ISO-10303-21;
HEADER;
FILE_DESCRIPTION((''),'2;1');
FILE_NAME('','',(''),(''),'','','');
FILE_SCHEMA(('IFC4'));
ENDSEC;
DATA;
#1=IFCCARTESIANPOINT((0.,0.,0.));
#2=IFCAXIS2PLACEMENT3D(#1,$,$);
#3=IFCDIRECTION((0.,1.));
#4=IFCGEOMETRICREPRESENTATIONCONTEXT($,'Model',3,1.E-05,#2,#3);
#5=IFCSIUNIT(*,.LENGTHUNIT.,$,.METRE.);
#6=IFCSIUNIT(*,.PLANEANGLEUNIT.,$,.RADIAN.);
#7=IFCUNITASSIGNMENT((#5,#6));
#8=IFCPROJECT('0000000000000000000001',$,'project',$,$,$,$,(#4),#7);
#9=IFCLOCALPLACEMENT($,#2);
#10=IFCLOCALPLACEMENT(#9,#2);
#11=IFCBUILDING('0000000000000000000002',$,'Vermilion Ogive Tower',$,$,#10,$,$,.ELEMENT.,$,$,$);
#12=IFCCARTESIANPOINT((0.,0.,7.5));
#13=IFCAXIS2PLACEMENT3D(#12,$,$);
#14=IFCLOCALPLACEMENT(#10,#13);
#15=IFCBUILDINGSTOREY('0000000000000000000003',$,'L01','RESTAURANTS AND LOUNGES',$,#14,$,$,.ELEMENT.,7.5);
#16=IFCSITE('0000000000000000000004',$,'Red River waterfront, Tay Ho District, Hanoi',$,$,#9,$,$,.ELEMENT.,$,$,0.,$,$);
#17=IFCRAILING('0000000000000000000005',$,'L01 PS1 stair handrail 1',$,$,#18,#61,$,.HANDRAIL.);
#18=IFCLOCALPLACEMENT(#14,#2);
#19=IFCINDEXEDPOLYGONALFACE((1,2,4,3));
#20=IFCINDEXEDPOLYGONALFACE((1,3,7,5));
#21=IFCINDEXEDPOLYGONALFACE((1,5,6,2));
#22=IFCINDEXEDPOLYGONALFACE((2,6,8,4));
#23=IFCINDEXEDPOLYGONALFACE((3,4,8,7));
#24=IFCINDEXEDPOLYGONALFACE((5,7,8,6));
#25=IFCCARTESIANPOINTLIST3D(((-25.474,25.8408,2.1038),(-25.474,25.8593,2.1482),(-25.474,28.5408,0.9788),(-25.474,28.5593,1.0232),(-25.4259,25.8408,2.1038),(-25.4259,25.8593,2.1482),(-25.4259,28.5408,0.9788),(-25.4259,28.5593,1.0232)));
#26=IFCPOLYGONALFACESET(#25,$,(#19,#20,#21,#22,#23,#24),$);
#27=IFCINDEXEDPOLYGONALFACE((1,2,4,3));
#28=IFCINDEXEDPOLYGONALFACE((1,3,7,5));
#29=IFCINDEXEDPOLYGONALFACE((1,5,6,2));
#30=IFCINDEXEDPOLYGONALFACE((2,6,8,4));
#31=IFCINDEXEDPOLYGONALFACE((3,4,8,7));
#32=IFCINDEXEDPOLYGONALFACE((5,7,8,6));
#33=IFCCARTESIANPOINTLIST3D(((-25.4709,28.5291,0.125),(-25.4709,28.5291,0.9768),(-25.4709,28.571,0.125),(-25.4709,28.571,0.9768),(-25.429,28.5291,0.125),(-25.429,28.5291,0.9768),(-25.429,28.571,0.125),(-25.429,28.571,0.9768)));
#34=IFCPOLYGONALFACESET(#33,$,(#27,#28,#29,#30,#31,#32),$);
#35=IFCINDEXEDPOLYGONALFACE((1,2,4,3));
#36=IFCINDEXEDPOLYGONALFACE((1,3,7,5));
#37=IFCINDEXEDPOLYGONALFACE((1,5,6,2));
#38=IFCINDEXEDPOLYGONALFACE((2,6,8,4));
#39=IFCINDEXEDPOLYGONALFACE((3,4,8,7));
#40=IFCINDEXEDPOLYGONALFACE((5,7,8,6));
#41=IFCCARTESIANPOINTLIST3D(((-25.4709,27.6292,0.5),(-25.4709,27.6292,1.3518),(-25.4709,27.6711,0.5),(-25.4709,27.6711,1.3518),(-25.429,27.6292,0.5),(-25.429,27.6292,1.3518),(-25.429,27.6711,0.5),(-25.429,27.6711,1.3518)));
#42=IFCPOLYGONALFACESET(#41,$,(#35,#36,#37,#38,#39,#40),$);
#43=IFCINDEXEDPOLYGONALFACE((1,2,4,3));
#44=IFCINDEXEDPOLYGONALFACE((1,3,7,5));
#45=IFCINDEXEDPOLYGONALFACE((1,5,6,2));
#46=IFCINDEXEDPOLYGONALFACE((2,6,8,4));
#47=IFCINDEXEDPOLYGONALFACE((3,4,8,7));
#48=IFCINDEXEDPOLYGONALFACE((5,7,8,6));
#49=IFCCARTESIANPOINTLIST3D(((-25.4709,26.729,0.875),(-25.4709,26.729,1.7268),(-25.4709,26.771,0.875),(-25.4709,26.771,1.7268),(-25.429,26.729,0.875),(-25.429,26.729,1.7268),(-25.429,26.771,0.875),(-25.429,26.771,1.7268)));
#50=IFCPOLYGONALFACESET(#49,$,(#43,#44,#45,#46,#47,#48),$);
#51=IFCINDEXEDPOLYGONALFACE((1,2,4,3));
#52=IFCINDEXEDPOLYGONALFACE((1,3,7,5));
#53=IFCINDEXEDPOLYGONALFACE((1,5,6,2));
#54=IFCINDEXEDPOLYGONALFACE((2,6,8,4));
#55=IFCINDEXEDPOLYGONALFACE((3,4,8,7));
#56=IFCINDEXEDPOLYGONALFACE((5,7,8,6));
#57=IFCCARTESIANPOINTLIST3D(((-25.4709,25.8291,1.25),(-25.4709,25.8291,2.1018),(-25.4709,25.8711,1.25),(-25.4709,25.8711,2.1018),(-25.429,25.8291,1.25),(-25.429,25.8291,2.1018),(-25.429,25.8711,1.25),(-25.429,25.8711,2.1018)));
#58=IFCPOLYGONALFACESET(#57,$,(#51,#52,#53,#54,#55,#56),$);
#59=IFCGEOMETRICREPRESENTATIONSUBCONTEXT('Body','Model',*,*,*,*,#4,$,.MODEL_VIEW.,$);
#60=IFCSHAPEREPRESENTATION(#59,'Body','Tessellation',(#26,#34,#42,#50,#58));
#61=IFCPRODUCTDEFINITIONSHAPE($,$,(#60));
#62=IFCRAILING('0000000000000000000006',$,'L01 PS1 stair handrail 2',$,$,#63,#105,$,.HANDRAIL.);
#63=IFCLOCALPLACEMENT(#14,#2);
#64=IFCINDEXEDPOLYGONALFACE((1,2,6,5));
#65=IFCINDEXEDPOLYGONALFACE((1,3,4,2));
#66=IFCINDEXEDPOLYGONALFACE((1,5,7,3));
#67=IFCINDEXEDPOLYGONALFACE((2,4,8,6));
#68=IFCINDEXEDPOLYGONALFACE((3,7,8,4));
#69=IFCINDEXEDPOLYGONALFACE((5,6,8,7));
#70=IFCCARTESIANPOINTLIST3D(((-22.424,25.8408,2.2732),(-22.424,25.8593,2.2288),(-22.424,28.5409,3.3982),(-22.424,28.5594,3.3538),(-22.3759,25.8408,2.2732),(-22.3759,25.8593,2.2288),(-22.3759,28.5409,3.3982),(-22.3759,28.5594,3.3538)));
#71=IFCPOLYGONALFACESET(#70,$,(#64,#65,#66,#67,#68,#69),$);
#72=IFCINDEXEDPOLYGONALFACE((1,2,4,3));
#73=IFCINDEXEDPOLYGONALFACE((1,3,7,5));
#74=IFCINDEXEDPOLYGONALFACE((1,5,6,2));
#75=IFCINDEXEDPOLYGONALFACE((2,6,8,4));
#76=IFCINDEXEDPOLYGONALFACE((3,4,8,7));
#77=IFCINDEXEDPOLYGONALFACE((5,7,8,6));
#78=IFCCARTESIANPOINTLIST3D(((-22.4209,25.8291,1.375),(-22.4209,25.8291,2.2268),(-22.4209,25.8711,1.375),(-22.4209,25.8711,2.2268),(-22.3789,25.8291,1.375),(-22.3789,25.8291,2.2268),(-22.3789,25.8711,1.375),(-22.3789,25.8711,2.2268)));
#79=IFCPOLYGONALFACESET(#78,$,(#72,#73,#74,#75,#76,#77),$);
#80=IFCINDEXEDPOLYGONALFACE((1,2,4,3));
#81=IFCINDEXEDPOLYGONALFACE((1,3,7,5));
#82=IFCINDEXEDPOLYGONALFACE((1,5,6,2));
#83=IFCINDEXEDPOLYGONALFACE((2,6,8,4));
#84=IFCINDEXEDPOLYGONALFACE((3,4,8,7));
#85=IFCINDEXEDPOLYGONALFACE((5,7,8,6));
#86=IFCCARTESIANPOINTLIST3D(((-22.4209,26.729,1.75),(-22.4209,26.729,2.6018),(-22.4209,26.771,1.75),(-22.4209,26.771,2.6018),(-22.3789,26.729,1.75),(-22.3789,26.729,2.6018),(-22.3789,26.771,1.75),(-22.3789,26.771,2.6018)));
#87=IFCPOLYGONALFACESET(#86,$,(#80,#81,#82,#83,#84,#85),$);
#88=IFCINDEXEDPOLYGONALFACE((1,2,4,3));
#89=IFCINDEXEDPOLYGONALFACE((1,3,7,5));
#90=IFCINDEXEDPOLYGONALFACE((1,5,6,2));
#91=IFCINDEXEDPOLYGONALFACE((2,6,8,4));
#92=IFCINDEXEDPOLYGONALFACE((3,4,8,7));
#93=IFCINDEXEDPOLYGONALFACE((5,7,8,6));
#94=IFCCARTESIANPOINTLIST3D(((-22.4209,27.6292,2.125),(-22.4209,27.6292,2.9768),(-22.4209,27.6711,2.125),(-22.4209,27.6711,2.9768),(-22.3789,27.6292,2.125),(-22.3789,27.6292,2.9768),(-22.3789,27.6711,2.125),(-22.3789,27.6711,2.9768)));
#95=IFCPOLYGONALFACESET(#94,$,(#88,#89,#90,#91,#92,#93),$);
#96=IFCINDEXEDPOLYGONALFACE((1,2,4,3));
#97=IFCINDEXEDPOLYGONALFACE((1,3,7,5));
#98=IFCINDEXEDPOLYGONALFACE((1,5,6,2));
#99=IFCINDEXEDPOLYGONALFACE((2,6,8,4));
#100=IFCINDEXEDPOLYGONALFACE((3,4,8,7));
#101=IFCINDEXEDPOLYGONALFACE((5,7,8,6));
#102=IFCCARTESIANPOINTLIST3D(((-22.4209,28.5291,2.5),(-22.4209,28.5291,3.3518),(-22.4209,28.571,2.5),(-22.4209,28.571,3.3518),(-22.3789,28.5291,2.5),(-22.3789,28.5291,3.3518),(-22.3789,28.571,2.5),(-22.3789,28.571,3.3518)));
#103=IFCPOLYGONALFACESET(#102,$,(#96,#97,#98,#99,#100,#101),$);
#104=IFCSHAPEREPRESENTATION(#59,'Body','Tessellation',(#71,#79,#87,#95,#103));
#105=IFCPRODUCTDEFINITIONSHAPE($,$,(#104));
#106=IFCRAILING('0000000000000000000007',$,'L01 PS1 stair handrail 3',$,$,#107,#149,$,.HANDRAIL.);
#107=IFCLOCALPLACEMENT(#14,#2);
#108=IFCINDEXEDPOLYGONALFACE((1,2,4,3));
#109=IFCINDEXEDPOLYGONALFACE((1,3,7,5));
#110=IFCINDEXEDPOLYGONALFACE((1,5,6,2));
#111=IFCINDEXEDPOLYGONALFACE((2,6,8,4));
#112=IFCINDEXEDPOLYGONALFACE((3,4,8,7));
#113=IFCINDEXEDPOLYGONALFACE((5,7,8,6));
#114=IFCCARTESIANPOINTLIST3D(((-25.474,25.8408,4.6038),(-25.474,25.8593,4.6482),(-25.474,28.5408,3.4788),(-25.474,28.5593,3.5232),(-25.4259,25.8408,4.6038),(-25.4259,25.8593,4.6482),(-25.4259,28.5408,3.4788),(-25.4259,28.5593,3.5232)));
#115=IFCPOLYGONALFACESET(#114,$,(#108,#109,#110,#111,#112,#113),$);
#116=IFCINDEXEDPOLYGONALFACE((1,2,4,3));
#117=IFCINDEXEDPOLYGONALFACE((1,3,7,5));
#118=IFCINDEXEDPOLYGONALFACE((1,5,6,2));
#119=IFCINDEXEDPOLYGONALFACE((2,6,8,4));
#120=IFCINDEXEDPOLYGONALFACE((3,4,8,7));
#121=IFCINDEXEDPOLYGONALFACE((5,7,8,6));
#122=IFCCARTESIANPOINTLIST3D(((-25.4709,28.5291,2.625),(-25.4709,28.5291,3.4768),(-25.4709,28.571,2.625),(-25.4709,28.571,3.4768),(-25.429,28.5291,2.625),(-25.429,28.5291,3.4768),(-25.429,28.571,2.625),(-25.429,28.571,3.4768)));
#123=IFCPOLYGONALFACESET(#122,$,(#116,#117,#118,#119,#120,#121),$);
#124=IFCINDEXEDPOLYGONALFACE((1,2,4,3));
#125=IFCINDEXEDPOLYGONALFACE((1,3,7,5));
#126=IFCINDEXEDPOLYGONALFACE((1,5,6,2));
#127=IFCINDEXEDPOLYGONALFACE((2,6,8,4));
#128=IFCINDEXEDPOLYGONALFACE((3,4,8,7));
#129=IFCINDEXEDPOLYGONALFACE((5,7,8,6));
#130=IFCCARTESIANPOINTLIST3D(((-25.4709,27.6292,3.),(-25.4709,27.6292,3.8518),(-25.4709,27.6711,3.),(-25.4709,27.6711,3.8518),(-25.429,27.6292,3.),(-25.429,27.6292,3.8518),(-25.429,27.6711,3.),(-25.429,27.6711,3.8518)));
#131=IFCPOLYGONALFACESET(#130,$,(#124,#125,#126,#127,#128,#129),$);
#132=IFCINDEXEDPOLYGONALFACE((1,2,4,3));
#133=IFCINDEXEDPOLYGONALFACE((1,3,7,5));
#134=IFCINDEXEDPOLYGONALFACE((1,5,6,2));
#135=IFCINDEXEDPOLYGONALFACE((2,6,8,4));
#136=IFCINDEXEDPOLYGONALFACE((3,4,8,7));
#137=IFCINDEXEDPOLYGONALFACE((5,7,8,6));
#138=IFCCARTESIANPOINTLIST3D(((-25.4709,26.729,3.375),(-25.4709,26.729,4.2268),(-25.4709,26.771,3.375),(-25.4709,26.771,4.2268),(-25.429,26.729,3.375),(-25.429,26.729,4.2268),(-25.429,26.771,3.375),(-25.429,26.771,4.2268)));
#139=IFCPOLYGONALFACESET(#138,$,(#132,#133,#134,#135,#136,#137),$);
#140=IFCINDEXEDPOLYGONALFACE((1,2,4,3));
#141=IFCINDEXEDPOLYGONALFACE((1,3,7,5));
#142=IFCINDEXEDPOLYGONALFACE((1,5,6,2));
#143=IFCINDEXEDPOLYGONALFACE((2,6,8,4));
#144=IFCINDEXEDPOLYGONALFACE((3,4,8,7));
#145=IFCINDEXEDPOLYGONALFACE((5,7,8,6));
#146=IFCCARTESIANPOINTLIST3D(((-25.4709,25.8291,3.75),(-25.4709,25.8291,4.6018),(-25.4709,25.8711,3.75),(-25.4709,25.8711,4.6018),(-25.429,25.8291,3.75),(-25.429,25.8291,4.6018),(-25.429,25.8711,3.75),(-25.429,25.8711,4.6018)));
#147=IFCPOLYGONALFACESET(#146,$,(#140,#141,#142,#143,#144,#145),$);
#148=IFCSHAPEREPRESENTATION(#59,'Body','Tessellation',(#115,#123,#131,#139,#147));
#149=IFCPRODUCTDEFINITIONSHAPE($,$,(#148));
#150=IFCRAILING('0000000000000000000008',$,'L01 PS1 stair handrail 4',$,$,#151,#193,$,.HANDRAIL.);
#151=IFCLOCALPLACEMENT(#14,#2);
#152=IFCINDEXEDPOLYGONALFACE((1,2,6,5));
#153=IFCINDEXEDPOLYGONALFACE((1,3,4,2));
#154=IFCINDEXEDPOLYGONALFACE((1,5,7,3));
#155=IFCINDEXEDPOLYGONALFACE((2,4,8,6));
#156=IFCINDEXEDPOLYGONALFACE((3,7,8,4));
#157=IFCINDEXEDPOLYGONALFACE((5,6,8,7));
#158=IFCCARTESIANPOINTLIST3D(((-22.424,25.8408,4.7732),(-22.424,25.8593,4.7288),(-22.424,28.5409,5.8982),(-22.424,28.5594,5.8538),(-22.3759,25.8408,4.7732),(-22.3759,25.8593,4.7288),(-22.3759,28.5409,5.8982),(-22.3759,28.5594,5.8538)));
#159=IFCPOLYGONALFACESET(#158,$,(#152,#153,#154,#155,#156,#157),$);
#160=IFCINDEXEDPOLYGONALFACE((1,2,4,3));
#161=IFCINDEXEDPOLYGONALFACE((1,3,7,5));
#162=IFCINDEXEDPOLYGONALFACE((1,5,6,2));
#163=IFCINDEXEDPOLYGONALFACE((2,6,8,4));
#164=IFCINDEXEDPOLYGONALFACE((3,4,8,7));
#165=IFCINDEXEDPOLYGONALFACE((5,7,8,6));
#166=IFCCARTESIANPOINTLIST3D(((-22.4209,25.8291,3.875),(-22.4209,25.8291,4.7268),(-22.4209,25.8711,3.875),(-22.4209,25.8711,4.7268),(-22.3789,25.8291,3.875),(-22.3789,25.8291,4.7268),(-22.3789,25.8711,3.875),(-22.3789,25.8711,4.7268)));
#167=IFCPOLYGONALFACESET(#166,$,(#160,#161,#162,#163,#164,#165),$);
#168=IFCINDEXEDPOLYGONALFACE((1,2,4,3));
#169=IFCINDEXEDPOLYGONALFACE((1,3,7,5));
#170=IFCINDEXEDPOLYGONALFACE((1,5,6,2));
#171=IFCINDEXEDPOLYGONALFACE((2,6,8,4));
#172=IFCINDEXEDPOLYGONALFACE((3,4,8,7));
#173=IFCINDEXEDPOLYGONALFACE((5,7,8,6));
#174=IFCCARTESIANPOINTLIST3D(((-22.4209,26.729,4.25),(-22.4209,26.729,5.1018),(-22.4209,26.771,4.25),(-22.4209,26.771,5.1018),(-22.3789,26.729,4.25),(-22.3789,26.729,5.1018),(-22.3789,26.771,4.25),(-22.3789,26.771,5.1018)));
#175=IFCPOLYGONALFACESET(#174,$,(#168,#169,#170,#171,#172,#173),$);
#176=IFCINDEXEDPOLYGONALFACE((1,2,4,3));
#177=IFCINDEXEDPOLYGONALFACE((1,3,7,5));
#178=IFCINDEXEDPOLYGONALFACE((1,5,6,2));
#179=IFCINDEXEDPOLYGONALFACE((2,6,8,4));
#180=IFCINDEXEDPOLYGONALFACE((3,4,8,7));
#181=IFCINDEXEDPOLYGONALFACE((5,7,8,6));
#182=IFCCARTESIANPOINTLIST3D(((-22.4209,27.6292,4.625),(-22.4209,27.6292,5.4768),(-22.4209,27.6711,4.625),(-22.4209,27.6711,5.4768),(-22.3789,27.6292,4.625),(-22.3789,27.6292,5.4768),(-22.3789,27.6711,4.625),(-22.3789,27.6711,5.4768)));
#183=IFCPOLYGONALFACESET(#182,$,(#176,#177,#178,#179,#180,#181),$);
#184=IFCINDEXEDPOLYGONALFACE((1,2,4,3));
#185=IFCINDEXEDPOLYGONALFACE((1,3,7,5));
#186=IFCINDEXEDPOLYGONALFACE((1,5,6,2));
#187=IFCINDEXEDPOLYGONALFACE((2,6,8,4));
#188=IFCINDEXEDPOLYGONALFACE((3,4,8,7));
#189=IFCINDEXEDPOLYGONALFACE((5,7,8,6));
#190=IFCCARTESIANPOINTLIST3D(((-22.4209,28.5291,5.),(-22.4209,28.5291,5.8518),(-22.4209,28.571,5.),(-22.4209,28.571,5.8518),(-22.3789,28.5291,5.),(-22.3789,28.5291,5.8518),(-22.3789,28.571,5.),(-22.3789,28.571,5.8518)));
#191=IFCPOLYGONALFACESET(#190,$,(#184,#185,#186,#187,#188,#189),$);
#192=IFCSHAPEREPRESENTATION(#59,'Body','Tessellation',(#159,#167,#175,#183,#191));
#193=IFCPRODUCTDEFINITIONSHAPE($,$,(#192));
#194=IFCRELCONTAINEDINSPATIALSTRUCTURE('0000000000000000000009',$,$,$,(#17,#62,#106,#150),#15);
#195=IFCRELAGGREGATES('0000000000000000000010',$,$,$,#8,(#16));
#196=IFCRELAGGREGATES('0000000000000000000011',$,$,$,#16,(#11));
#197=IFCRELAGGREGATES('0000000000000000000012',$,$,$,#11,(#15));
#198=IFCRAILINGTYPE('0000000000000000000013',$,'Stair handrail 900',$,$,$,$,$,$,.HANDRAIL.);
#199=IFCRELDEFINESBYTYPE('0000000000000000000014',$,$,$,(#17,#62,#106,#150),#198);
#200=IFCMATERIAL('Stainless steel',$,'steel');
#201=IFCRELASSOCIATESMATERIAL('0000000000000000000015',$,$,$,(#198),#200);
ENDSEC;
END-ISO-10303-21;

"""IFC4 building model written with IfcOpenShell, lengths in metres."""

from ifc_helpers import new_model, si_unit, direction, frame, origin, origin_2d, place, context, subcontext, project, spatial, rectangle, extrude, material, type_object, element, save


model = new_model("IFC4")

# Units and contexts
model_context = context("Model", 3, precision=1e-05, world=origin(), true_north=direction((0.0, 1.0)))
body_context = subcontext(model_context, "Body", "Model", "MODEL_VIEW")
ifc_project = project(units=[si_unit("LENGTHUNIT", "METRE"), si_unit("PLANEANGLEUNIT", "RADIAN")], contexts=[model_context])

# Site, building, storey
site_placement = place(None, origin())
site = spatial("IfcSite", under=ifc_project, at=site_placement, Name="Red River waterfront, Tay Ho District, Hanoi", CompositionType="ELEMENT", RefElevation=0.0)
building_placement = place(site_placement, origin())
building = spatial("IfcBuilding", under=site, at=building_placement, Name="Vermilion Ogive Tower", CompositionType="ELEMENT")
storey_placement = place(building_placement, frame((0.0, 0.0, 7.5)))
storey = spatial("IfcBuildingStorey", under=building, at=storey_placement, Name="L01", Description="RESTAURANTS AND LOUNGES", CompositionType="ELEMENT", Elevation=7.5)

# Railings
ifc_material_1 = material(Name="Stainless steel", Category="steel")
railing_type_1 = type_object("IfcRailingType", Name="Stair handrail 900", PredefinedType="HANDRAIL", material=ifc_material_1)
railing_1_placement = place(storey_placement, frame((-25.45, 28.55, 0.125)))
element("IfcRailing", 1, at=railing_1_placement, inside=storey, type_object=railing_type_1, Name="L01 PS1 stair handrail 1", PredefinedType="HANDRAIL", context=body_context, shape_type="SweptSolid", body=[
    extrude(rectangle(XDim=0.0481, YDim=0.0481, at=origin_2d()), frame((0.0, 0.0, 0.876), z_axis=(0.0, -0.923074, 0.384621), x_axis=(1.0, 0.0, 0.0)), (0.0, 0.0, 1.0), 2.925),
    extrude(rectangle(XDim=0.042, YDim=0.042, at=origin_2d()), origin(), (0.0, 0.0, 1.0), 0.8518),
    extrude(rectangle(XDim=0.042, YDim=0.042, at=origin_2d()), frame((0.0, -0.8999, 0.375)), (0.0, 0.0, 1.0), 0.8518),
    extrude(rectangle(XDim=0.042, YDim=0.042, at=origin_2d()), frame((0.0, -1.8, 0.75)), (0.0, 0.0, 1.0), 0.8518),
    extrude(rectangle(XDim=0.042, YDim=0.042, at=origin_2d()), frame((0.0, -2.7, 1.125)), (0.0, 0.0, 1.0), 0.8518),
])
railing_2_placement = place(storey_placement, frame((-22.3999, 25.8501, 1.375)))
element("IfcRailing", 2, at=railing_2_placement, inside=storey, type_object=railing_type_1, Name="L01 PS1 stair handrail 2", PredefinedType="HANDRAIL", context=body_context, shape_type="SweptSolid", body=[
    extrude(rectangle(XDim=0.0481, YDim=0.0481, at=origin_2d()), frame((0.0, 0.0, 0.876), z_axis=(0.0, 0.923074, 0.384621), x_axis=(-1.0, 0.0, 0.0)), (0.0, 0.0, 1.0), 2.925),
    extrude(rectangle(XDim=0.042, YDim=0.042, at=origin_2d()), origin(), (0.0, 0.0, 1.0), 0.8518),
    extrude(rectangle(XDim=0.042, YDim=0.042, at=origin_2d()), frame((0.0, 0.8999, 0.375)), (0.0, 0.0, 1.0), 0.8518),
    extrude(rectangle(XDim=0.042, YDim=0.042, at=origin_2d()), frame((0.0, 1.8, 0.75)), (0.0, 0.0, 1.0), 0.8518),
    extrude(rectangle(XDim=0.042, YDim=0.042, at=origin_2d()), frame((0.0, 2.7, 1.125)), (0.0, 0.0, 1.0), 0.8518),
])
railing_3_placement = place(storey_placement, frame((-25.45, 28.55, 2.625)))
element("IfcRailing", 3, at=railing_3_placement, inside=storey, type_object=railing_type_1, Name="L01 PS1 stair handrail 3", PredefinedType="HANDRAIL", context=body_context, shape_type="SweptSolid", body=[
    extrude(rectangle(XDim=0.0481, YDim=0.0481, at=origin_2d()), frame((0.0, 0.0, 0.876), z_axis=(0.0, -0.923074, 0.384621), x_axis=(1.0, 0.0, 0.0)), (0.0, 0.0, 1.0), 2.925),
    extrude(rectangle(XDim=0.042, YDim=0.042, at=origin_2d()), origin(), (0.0, 0.0, 1.0), 0.8518),
    extrude(rectangle(XDim=0.042, YDim=0.042, at=origin_2d()), frame((0.0, -0.8999, 0.375)), (0.0, 0.0, 1.0), 0.8518),
    extrude(rectangle(XDim=0.042, YDim=0.042, at=origin_2d()), frame((0.0, -1.8, 0.75)), (0.0, 0.0, 1.0), 0.8518),
    extrude(rectangle(XDim=0.042, YDim=0.042, at=origin_2d()), frame((0.0, -2.7, 1.125)), (0.0, 0.0, 1.0), 0.8518),
])
railing_4_placement = place(storey_placement, frame((-22.3999, 25.8501, 3.875)))
element("IfcRailing", 4, at=railing_4_placement, inside=storey, type_object=railing_type_1, Name="L01 PS1 stair handrail 4", PredefinedType="HANDRAIL", context=body_context, shape_type="SweptSolid", body=[
    extrude(rectangle(XDim=0.0481, YDim=0.0481, at=origin_2d()), frame((0.0, 0.0, 0.876), z_axis=(0.0, 0.923074, 0.384621), x_axis=(-1.0, 0.0, 0.0)), (0.0, 0.0, 1.0), 2.925),
    extrude(rectangle(XDim=0.042, YDim=0.042, at=origin_2d()), origin(), (0.0, 0.0, 1.0), 0.8518),
    extrude(rectangle(XDim=0.042, YDim=0.042, at=origin_2d()), frame((0.0, 0.8999, 0.375)), (0.0, 0.0, 1.0), 0.8518),
    extrude(rectangle(XDim=0.042, YDim=0.042, at=origin_2d()), frame((0.0, 1.8, 0.75)), (0.0, 0.0, 1.0), 0.8518),
    extrude(rectangle(XDim=0.042, YDim=0.042, at=origin_2d()), frame((0.0, 2.7, 1.125)), (0.0, 0.0, 1.0), 0.8518),
])

save(model, "model.ifc")
